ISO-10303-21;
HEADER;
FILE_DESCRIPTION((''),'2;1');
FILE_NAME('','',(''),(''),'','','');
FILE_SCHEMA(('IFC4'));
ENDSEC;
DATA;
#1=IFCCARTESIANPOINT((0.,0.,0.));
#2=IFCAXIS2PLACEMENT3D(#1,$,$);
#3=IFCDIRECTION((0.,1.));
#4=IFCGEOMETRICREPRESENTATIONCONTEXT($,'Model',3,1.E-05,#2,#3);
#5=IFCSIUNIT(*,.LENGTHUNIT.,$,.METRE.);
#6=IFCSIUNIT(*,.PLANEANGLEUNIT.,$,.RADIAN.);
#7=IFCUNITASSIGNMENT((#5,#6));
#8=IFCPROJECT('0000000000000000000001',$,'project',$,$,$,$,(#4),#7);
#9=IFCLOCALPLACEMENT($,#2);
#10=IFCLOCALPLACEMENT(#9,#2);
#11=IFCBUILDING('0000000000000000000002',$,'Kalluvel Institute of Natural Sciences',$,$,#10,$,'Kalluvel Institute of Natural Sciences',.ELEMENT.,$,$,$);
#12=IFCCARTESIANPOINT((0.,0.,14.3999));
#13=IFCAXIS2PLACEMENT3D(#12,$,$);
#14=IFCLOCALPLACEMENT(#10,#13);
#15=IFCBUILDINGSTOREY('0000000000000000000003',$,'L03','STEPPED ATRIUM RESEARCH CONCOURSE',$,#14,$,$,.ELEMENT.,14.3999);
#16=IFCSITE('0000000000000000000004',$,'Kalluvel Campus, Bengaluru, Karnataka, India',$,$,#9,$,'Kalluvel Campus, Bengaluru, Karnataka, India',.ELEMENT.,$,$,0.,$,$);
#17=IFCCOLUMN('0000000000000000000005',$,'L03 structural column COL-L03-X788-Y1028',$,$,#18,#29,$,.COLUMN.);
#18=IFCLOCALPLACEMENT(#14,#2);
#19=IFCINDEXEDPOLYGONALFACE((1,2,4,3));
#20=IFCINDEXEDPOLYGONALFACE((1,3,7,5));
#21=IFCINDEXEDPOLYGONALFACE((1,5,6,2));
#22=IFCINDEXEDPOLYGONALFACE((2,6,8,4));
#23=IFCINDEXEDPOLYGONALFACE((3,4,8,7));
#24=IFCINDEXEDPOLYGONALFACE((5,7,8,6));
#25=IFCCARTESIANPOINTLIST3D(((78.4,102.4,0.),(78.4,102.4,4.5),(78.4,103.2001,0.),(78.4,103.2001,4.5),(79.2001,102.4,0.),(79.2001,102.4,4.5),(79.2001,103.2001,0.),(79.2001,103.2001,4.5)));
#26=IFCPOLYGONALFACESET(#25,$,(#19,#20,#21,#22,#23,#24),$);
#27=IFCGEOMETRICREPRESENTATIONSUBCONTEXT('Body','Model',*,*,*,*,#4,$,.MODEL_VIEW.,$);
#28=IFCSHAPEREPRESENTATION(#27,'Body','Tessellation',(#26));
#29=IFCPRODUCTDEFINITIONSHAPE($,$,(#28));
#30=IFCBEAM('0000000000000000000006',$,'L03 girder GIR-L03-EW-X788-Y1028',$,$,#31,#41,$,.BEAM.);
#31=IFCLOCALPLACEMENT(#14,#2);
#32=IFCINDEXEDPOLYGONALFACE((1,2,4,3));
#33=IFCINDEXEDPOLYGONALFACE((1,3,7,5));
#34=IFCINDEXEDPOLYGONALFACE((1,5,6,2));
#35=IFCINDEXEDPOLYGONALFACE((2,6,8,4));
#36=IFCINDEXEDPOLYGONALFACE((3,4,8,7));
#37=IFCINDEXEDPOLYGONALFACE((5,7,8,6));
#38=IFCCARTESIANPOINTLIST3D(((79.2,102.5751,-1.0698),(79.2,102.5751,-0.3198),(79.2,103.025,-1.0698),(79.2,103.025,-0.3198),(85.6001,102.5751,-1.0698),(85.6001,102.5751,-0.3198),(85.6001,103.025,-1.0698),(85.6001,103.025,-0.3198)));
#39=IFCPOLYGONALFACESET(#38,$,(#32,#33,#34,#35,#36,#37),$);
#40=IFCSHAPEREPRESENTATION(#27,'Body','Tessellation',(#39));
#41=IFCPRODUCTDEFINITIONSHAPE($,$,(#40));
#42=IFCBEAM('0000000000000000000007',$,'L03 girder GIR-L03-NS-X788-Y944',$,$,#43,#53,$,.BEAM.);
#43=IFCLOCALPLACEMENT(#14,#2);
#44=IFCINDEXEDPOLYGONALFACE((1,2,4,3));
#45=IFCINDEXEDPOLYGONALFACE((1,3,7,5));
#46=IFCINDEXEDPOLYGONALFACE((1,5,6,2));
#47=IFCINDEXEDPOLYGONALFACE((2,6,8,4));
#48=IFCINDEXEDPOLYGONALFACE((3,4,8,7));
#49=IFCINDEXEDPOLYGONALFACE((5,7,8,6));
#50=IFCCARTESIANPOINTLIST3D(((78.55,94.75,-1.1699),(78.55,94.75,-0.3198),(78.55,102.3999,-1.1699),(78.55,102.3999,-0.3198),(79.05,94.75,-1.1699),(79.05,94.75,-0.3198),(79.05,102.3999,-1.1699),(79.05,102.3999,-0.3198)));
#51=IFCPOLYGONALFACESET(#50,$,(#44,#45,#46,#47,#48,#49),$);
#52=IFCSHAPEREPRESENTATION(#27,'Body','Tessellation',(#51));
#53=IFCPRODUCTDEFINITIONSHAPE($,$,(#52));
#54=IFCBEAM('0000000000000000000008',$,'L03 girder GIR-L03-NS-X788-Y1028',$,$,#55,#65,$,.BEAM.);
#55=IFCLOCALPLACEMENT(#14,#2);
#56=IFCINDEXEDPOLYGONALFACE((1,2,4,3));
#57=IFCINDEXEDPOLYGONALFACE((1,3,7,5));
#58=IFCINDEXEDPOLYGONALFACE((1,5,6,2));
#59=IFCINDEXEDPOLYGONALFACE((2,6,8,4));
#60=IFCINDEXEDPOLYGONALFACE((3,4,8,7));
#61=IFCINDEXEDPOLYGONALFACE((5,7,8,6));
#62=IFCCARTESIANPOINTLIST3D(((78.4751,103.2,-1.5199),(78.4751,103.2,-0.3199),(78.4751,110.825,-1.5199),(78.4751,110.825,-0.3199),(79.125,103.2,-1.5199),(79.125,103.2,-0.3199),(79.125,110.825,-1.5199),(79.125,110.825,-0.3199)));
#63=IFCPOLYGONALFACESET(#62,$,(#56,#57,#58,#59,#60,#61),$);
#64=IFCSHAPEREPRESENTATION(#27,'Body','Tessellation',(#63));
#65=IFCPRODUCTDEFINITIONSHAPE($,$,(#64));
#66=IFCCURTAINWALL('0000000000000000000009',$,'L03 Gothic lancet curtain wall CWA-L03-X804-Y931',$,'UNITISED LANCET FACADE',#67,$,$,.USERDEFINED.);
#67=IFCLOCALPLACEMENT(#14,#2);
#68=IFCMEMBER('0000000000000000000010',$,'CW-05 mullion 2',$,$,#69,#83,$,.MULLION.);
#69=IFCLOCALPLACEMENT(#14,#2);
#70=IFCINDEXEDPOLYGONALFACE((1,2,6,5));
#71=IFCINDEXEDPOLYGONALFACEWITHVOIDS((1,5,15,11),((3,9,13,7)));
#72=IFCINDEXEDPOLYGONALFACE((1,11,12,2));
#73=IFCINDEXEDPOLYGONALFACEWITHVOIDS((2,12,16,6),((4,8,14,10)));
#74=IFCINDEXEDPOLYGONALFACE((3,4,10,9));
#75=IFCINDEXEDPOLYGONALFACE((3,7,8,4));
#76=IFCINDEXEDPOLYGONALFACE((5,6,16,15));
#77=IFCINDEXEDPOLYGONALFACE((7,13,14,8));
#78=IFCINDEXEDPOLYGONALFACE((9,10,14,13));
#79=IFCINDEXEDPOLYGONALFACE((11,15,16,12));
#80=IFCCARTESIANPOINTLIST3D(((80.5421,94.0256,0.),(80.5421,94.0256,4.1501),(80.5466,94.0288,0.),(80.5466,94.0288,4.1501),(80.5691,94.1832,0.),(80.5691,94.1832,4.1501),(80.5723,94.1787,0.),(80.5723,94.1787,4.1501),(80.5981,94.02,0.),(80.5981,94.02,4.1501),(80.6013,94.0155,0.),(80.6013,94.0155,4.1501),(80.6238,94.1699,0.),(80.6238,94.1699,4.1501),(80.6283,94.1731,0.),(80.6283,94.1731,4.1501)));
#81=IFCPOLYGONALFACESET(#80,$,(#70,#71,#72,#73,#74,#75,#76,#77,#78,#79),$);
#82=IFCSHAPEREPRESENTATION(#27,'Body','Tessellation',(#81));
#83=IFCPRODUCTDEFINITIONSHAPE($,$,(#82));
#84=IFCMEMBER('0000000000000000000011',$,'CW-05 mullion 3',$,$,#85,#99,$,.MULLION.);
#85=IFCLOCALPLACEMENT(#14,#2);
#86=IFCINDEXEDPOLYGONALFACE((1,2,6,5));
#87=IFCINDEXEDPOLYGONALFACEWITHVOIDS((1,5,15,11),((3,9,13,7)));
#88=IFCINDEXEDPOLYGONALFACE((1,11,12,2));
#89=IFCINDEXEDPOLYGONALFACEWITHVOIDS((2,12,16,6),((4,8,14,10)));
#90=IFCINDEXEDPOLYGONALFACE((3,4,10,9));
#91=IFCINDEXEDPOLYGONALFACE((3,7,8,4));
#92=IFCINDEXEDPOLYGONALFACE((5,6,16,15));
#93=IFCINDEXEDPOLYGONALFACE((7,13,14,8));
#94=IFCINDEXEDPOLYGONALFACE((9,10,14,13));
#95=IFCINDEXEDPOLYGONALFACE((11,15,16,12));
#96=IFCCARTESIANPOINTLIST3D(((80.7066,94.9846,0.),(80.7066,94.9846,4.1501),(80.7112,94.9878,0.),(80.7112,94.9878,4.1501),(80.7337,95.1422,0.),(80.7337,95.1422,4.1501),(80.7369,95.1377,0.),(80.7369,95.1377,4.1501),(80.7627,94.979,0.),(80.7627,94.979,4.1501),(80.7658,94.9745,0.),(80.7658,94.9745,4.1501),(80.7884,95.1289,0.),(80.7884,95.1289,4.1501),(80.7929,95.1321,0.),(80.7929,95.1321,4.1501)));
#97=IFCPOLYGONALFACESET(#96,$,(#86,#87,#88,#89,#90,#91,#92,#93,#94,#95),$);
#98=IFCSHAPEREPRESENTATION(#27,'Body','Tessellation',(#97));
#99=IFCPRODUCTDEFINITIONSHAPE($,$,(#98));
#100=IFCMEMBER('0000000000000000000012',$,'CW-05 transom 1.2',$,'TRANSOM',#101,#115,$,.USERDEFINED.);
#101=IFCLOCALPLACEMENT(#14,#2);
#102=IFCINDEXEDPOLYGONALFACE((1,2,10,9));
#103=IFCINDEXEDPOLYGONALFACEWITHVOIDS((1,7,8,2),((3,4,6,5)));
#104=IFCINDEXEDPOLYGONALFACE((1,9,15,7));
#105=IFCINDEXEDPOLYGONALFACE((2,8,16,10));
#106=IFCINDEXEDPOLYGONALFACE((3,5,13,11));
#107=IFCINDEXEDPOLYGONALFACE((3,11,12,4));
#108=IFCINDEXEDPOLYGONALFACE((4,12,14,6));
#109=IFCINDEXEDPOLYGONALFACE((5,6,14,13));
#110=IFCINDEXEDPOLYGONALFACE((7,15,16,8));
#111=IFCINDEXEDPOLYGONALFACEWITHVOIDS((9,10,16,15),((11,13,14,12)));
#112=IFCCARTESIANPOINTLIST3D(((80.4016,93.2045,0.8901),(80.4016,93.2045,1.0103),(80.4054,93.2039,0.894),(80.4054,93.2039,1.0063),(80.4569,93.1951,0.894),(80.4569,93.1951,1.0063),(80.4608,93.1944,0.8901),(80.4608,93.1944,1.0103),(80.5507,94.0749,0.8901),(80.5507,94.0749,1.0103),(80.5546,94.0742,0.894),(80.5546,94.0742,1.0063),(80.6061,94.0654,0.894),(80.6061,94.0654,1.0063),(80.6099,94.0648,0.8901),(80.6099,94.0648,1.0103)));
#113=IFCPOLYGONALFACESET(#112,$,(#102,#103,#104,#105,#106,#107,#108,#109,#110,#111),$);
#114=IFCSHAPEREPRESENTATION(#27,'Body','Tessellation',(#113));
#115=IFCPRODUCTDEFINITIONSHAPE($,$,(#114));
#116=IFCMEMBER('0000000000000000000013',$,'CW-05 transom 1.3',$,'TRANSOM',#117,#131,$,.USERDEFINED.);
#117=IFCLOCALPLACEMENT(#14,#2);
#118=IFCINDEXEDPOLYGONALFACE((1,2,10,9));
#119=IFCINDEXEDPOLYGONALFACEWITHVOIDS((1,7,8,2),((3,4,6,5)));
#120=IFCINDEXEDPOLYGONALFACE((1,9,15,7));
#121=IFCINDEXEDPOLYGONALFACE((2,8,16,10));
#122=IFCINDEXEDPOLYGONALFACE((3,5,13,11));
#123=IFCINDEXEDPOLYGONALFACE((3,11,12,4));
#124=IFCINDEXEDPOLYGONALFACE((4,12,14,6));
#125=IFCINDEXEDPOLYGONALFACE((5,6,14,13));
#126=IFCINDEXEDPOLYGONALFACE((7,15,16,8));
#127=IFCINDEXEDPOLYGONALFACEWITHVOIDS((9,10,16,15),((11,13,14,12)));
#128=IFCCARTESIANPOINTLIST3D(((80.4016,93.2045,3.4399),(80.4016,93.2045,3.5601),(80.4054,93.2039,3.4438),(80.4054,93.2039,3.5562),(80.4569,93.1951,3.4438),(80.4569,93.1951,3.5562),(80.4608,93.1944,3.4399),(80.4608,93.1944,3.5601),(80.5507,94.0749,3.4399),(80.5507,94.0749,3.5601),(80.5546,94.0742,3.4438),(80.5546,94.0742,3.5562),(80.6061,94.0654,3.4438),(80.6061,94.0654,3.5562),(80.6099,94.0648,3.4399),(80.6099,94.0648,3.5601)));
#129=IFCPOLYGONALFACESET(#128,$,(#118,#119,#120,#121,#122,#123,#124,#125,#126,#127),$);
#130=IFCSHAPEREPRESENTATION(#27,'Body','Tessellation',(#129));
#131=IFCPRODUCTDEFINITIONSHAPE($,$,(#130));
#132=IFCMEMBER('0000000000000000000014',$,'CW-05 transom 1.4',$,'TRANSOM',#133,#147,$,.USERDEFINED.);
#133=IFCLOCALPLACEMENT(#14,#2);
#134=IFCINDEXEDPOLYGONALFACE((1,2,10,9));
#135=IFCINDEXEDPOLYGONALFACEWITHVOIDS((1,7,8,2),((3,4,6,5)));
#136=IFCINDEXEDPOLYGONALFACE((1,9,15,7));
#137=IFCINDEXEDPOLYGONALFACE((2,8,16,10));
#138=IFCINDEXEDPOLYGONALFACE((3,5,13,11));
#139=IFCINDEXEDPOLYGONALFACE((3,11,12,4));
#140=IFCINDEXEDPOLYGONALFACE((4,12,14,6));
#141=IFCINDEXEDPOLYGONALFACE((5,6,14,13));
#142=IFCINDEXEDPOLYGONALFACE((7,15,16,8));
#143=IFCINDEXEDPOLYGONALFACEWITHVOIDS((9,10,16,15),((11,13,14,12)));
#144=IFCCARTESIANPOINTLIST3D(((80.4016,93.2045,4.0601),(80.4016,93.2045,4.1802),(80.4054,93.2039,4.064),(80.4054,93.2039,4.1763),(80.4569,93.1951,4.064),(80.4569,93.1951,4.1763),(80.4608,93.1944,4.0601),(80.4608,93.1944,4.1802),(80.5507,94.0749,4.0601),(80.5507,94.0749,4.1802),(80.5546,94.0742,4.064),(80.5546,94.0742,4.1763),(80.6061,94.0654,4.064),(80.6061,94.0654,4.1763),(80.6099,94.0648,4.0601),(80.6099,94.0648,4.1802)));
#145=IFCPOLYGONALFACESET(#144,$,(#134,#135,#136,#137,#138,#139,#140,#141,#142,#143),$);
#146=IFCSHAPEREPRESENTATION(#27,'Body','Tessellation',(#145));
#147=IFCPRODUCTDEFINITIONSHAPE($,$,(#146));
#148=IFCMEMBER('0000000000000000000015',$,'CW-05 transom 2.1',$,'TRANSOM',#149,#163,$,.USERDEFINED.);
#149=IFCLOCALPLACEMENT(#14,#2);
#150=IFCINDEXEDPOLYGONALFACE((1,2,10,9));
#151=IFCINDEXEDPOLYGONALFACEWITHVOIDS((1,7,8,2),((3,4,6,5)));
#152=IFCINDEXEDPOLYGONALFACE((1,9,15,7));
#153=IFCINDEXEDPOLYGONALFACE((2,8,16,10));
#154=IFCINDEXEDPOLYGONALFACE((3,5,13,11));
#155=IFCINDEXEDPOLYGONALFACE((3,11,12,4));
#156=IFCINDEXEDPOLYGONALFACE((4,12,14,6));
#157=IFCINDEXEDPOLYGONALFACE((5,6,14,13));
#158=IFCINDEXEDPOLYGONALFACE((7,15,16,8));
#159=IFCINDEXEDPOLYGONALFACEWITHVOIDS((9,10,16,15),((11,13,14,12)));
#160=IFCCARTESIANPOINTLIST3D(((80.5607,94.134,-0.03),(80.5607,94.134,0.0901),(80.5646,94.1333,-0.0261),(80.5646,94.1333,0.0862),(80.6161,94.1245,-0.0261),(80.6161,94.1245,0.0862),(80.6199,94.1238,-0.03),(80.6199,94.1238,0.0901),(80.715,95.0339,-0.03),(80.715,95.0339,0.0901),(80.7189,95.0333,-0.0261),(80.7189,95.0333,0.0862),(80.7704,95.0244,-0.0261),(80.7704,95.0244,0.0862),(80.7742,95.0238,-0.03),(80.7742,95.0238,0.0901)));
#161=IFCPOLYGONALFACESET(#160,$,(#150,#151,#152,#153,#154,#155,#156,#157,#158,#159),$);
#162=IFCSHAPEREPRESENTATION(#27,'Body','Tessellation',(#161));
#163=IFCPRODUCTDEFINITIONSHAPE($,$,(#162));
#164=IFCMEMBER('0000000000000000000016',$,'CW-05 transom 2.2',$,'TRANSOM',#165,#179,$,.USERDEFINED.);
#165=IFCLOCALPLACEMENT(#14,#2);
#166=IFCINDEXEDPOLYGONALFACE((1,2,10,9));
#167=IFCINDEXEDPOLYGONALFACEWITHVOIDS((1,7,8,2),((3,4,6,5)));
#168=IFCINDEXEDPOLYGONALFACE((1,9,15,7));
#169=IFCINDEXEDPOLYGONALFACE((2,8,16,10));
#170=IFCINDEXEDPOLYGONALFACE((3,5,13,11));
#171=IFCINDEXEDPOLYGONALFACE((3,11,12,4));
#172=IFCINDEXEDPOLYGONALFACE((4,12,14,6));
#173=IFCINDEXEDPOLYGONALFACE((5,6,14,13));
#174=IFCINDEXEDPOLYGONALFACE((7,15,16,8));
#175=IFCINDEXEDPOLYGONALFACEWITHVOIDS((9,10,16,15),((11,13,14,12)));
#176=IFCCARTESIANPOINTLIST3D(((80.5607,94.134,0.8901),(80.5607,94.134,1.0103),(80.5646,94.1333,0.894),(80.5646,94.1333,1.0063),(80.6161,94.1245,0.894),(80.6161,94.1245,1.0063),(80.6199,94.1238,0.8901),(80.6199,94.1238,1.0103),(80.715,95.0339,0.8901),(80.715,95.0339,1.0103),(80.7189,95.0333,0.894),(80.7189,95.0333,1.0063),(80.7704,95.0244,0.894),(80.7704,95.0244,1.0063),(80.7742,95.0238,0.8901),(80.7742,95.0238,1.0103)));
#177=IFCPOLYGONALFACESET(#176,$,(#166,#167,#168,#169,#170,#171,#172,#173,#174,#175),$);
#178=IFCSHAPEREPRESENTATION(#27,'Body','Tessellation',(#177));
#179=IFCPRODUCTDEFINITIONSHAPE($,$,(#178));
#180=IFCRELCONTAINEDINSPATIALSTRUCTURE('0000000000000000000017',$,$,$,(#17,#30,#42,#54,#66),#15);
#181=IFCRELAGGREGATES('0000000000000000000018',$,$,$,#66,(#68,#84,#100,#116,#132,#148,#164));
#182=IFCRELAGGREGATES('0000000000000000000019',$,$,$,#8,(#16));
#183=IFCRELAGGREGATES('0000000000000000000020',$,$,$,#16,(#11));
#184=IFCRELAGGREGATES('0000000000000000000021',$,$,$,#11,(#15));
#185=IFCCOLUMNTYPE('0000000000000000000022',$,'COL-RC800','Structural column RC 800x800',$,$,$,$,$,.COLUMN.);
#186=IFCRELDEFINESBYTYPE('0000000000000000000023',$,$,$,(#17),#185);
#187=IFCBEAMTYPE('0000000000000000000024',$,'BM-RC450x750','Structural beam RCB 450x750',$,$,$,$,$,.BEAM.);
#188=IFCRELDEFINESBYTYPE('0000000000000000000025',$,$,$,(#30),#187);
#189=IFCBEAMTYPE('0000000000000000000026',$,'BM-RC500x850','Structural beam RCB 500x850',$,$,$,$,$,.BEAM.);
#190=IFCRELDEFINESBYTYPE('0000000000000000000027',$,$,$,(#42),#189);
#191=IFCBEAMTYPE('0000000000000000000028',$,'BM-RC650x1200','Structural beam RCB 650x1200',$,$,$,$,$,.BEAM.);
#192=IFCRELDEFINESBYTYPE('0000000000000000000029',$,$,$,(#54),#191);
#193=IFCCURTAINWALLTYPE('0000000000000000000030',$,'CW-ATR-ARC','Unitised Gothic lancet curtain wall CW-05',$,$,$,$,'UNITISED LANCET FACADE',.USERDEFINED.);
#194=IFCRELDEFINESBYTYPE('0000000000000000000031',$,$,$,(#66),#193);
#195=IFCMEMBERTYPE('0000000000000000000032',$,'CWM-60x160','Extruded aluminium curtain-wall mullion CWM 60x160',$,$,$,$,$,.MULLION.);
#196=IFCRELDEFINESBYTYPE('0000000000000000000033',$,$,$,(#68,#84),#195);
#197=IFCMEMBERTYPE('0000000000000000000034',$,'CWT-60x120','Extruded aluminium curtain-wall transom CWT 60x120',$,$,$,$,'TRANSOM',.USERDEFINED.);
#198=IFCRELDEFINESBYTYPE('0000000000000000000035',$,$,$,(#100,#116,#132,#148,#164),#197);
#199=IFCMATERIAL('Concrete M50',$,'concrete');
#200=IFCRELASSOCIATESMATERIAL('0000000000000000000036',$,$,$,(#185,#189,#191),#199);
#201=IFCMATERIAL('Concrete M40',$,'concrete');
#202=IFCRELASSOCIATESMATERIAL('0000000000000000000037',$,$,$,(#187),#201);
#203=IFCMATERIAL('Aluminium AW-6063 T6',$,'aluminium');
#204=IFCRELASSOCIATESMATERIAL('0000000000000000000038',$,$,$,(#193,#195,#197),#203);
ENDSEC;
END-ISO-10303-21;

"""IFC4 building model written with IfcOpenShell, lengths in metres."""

from ifc_helpers import new_model, si_unit, direction, frame, origin, origin_2d, place, context, subcontext, project, spatial, rectangle, hollow_rectangle, extrude, material, material_profile, profile_set, type_object, element, aggregate, save


model = new_model("IFC4")

# Units and contexts
model_context = context("Model", 3, precision=1e-05, world=origin(), true_north=direction((0.0, 1.0)))
body_context = subcontext(model_context, "Body", "Model", "MODEL_VIEW")
ifc_project = project(units=[si_unit("LENGTHUNIT", "METRE"), si_unit("PLANEANGLEUNIT", "RADIAN")], contexts=[model_context])

# Site, building, storey
site_placement = place(None, origin())
site = spatial("IfcSite", under=ifc_project, at=site_placement, Name="Kalluvel Campus, Bengaluru, Karnataka, India", LongName="Kalluvel Campus, Bengaluru, Karnataka, India", CompositionType="ELEMENT", RefElevation=0.0)
building_placement = place(site_placement, origin())
building = spatial("IfcBuilding", under=site, at=building_placement, Name="Kalluvel Institute of Natural Sciences", LongName="Kalluvel Institute of Natural Sciences", CompositionType="ELEMENT")
storey_placement = place(building_placement, frame((0.0, 0.0, 14.3999)))
storey = spatial("IfcBuildingStorey", under=building, at=storey_placement, Name="L03", Description="STEPPED ATRIUM RESEARCH CONCOURSE", CompositionType="ELEMENT", Elevation=14.3999)

# Column
ifc_material_1 = material(Name="Concrete M50", Category="concrete")
ifc_material_profile_1 = material_profile(ifc_material_1, rectangle(XDim=0.8, YDim=0.8, at=origin_2d()), Name="RC 800x800")
ifc_profile_set_1 = profile_set([ifc_material_profile_1], Name="Concrete M50")
column_type = type_object("IfcColumnType", Name="COL-RC800", Description="Structural column RC 800x800", PredefinedType="COLUMN", material=ifc_profile_set_1)
column_placement = place(storey_placement, frame((78.8, 102.8, 0.0), z_axis=(0.0, 0.0, 1.0), x_axis=(1.0, 0.0, 0.0)))
element("IfcColumn", 1, at=column_placement, inside=storey, type_object=column_type, Name="L03 structural column COL-L03-X788-Y1028", PredefinedType="COLUMN", context=body_context, shape_type="SweptSolid", body=[
    extrude(rectangle(XDim=0.8, YDim=0.8, at=origin_2d()), origin(), (0.0, 0.0, 1.0), 4.5),
])

# Beams
ifc_material_2 = material(Name="Concrete M40", Category="concrete")
ifc_material_profile_2 = material_profile(ifc_material_2, rectangle(XDim=0.45, YDim=0.75, at=origin_2d()), Name="RCB 450x750")
ifc_profile_set_2 = profile_set([ifc_material_profile_2], Name="Concrete M40")
beam_type_1 = type_object("IfcBeamType", Name="BM-RC450x750", Description="Structural beam RCB 450x750", PredefinedType="BEAM", material=ifc_profile_set_2)
beam_1_placement = place(storey_placement, frame((79.2, 102.8, -0.6948), z_axis=(1.0, 0.0, 0.0), x_axis=(0.0, 1.0, 0.0)))
element("IfcBeam", 2, at=beam_1_placement, inside=storey, type_object=beam_type_1, Name="L03 girder GIR-L03-EW-X788-Y1028", PredefinedType="BEAM", context=body_context, shape_type="SweptSolid", body=[
    extrude(rectangle(XDim=0.45, YDim=0.75, at=origin_2d()), origin(), (0.0, 0.0, 1.0), 6.4001),
])
ifc_material_profile_3 = material_profile(ifc_material_1, rectangle(XDim=0.5, YDim=0.8501, at=origin_2d()), Name="RCB 500x850")
ifc_profile_set_3 = profile_set([ifc_material_profile_3], Name="Concrete M50")
beam_type_2 = type_object("IfcBeamType", Name="BM-RC500x850", Description="Structural beam RCB 500x850", PredefinedType="BEAM", material=ifc_profile_set_3)
beam_2_placement = place(storey_placement, frame((78.8, 94.75, -0.7449), z_axis=(0.0, 1.0, 0.0), x_axis=(-1.0, 0.0, 0.0)))
element("IfcBeam", 3, at=beam_2_placement, inside=storey, type_object=beam_type_2, Name="L03 girder GIR-L03-NS-X788-Y944", PredefinedType="BEAM", context=body_context, shape_type="SweptSolid", body=[
    extrude(rectangle(XDim=0.5, YDim=0.8501, at=origin_2d()), origin(), (0.0, 0.0, 1.0), 7.6499),
])
ifc_material_profile_4 = material_profile(ifc_material_1, rectangle(XDim=0.6499, YDim=1.2, at=origin_2d()), Name="RCB 650x1200")
ifc_profile_set_4 = profile_set([ifc_material_profile_4], Name="Concrete M50")
beam_type_3 = type_object("IfcBeamType", Name="BM-RC650x1200", Description="Structural beam RCB 650x1200", PredefinedType="BEAM", material=ifc_profile_set_4)
beam_3_placement = place(storey_placement, frame((78.8, 103.2, -0.9199), z_axis=(0.0, 1.0, 0.0), x_axis=(-1.0, 0.0, 0.0)))
element("IfcBeam", 4, at=beam_3_placement, inside=storey, type_object=beam_type_3, Name="L03 girder GIR-L03-NS-X788-Y1028", PredefinedType="BEAM", context=body_context, shape_type="SweptSolid", body=[
    extrude(rectangle(XDim=0.6499, YDim=1.2, at=origin_2d()), origin(), (0.0, 0.0, 1.0), 7.625),
])

# Curtain wall, members
ifc_material_3 = material(Name="Aluminium AW-6063 T6", Category="aluminium")
curtain_wall_type = type_object("IfcCurtainWallType", Name="CW-ATR-ARC", Description="Unitised Gothic lancet curtain wall CW-05", ElementType="UNITISED LANCET FACADE", PredefinedType="USERDEFINED", material=ifc_material_3)
curtain_wall_placement = place(storey_placement, origin())
curtain_wall = element("IfcCurtainWall", 5, at=curtain_wall_placement, inside=storey, type_object=curtain_wall_type, Name="L03 Gothic lancet curtain wall CWA-L03-X804-Y931", ObjectType="UNITISED LANCET FACADE", PredefinedType="USERDEFINED")
ifc_material_profile_5 = material_profile(ifc_material_3, hollow_rectangle(XDim=0.0601, YDim=0.1599, WallThickness=0.0039, at=origin_2d()), Name="CWM 60x160")
ifc_profile_set_5 = profile_set([ifc_material_profile_5], Name="Aluminium AW-6063 T6")
member_type_1 = type_object("IfcMemberType", Name="CWM-60x160", Description="Extruded aluminium curtain-wall mullion CWM 60x160", PredefinedType="MULLION", material=ifc_profile_set_5)
member_1_placement = place(storey_placement, frame((80.5852, 94.0994, 0.0), z_axis=(0.0, 0.0, 1.0), x_axis=(-0.985617, 0.168997, 0.0)))
member_1 = element("IfcMember", 6, at=member_1_placement, type_object=member_type_1, Name="CW-05 mullion 2", PredefinedType="MULLION", context=body_context, shape_type="SweptSolid", body=[
    extrude(hollow_rectangle(XDim=0.0601, YDim=0.1599, WallThickness=0.0039, at=origin_2d()), origin(), (0.0, 0.0, 1.0), 4.1501),
])
member_2_placement = place(storey_placement, frame((80.7498, 95.0583, 0.0), z_axis=(0.0, 0.0, 1.0), x_axis=(-0.985617, 0.168997, 0.0)))
member_2 = element("IfcMember", 7, at=member_2_placement, type_object=member_type_1, Name="CW-05 mullion 3", PredefinedType="MULLION", context=body_context, shape_type="SweptSolid", body=[
    extrude(hollow_rectangle(XDim=0.0601, YDim=0.1599, WallThickness=0.0039, at=origin_2d()), origin(), (0.0, 0.0, 1.0), 4.1501),
])
ifc_material_profile_6 = material_profile(ifc_material_3, hollow_rectangle(XDim=0.0601, YDim=0.1201, WallThickness=0.0039, at=origin_2d()), Name="CWT 60x120")
ifc_profile_set_6 = profile_set([ifc_material_profile_6], Name="Aluminium AW-6063 T6")
member_type_2 = type_object("IfcMemberType", Name="CWT-60x120", Description="Extruded aluminium curtain-wall transom CWT 60x120", ElementType="TRANSOM", PredefinedType="USERDEFINED", material=ifc_profile_set_6)
member_3_placement = place(storey_placement, frame((80.4312, 93.1995, 0.9502), z_axis=(0.168925, 0.985629, 0.0), x_axis=(-0.985629, 0.168925, 0.0)))
member_3 = element("IfcMember", 8, at=member_3_placement, type_object=member_type_2, Name="CW-05 transom 1.2", ObjectType="TRANSOM", PredefinedType="USERDEFINED", context=body_context, shape_type="SweptSolid", body=[
    extrude(hollow_rectangle(XDim=0.0601, YDim=0.1201, WallThickness=0.0039, at=origin_2d()), origin(), (0.0, 0.0, 1.0), 0.8831),
])
member_4_placement = place(storey_placement, frame((80.4312, 93.1995, 3.5), z_axis=(0.168925, 0.985629, 0.0), x_axis=(-0.985629, 0.168925, 0.0)))
member_4 = element("IfcMember", 9, at=member_4_placement, type_object=member_type_2, Name="CW-05 transom 1.3", ObjectType="TRANSOM", PredefinedType="USERDEFINED", context=body_context, shape_type="SweptSolid", body=[
    extrude(hollow_rectangle(XDim=0.0601, YDim=0.1201, WallThickness=0.0039, at=origin_2d()), origin(), (0.0, 0.0, 1.0), 0.8831),
])
member_5_placement = place(storey_placement, frame((80.4312, 93.1995, 4.1201), z_axis=(0.168925, 0.985629, 0.0), x_axis=(-0.985629, 0.168925, 0.0)))
member_5 = element("IfcMember", 10, at=member_5_placement, type_object=member_type_2, Name="CW-05 transom 1.4", ObjectType="TRANSOM", PredefinedType="USERDEFINED", context=body_context, shape_type="SweptSolid", body=[
    extrude(hollow_rectangle(XDim=0.0601, YDim=0.1201, WallThickness=0.0039, at=origin_2d()), origin(), (0.0, 0.0, 1.0), 0.8831),
])
member_6_placement = place(storey_placement, frame((80.5903, 94.1289, 0.03), z_axis=(0.168994, 0.985617, 0.0), x_axis=(-0.985617, 0.168994, 0.0)))
member_6 = element("IfcMember", 11, at=member_6_placement, type_object=member_type_2, Name="CW-05 transom 2.1", ObjectType="TRANSOM", PredefinedType="USERDEFINED", context=body_context, shape_type="SweptSolid", body=[
    extrude(hollow_rectangle(XDim=0.0601, YDim=0.1201, WallThickness=0.0039, at=origin_2d()), origin(), (0.0, 0.0, 1.0), 0.9131),
])
member_7_placement = place(storey_placement, frame((80.5903, 94.1289, 0.9502), z_axis=(0.168994, 0.985617, 0.0), x_axis=(-0.985617, 0.168994, 0.0)))
member_7 = element("IfcMember", 12, at=member_7_placement, type_object=member_type_2, Name="CW-05 transom 2.2", ObjectType="TRANSOM", PredefinedType="USERDEFINED", context=body_context, shape_type="SweptSolid", body=[
    extrude(hollow_rectangle(XDim=0.0601, YDim=0.1201, WallThickness=0.0039, at=origin_2d()), origin(), (0.0, 0.0, 1.0), 0.9131),
])

aggregate(curtain_wall, [member_1, member_2, member_3, member_4, member_5, member_6, member_7])

save(model, "model.ifc")
